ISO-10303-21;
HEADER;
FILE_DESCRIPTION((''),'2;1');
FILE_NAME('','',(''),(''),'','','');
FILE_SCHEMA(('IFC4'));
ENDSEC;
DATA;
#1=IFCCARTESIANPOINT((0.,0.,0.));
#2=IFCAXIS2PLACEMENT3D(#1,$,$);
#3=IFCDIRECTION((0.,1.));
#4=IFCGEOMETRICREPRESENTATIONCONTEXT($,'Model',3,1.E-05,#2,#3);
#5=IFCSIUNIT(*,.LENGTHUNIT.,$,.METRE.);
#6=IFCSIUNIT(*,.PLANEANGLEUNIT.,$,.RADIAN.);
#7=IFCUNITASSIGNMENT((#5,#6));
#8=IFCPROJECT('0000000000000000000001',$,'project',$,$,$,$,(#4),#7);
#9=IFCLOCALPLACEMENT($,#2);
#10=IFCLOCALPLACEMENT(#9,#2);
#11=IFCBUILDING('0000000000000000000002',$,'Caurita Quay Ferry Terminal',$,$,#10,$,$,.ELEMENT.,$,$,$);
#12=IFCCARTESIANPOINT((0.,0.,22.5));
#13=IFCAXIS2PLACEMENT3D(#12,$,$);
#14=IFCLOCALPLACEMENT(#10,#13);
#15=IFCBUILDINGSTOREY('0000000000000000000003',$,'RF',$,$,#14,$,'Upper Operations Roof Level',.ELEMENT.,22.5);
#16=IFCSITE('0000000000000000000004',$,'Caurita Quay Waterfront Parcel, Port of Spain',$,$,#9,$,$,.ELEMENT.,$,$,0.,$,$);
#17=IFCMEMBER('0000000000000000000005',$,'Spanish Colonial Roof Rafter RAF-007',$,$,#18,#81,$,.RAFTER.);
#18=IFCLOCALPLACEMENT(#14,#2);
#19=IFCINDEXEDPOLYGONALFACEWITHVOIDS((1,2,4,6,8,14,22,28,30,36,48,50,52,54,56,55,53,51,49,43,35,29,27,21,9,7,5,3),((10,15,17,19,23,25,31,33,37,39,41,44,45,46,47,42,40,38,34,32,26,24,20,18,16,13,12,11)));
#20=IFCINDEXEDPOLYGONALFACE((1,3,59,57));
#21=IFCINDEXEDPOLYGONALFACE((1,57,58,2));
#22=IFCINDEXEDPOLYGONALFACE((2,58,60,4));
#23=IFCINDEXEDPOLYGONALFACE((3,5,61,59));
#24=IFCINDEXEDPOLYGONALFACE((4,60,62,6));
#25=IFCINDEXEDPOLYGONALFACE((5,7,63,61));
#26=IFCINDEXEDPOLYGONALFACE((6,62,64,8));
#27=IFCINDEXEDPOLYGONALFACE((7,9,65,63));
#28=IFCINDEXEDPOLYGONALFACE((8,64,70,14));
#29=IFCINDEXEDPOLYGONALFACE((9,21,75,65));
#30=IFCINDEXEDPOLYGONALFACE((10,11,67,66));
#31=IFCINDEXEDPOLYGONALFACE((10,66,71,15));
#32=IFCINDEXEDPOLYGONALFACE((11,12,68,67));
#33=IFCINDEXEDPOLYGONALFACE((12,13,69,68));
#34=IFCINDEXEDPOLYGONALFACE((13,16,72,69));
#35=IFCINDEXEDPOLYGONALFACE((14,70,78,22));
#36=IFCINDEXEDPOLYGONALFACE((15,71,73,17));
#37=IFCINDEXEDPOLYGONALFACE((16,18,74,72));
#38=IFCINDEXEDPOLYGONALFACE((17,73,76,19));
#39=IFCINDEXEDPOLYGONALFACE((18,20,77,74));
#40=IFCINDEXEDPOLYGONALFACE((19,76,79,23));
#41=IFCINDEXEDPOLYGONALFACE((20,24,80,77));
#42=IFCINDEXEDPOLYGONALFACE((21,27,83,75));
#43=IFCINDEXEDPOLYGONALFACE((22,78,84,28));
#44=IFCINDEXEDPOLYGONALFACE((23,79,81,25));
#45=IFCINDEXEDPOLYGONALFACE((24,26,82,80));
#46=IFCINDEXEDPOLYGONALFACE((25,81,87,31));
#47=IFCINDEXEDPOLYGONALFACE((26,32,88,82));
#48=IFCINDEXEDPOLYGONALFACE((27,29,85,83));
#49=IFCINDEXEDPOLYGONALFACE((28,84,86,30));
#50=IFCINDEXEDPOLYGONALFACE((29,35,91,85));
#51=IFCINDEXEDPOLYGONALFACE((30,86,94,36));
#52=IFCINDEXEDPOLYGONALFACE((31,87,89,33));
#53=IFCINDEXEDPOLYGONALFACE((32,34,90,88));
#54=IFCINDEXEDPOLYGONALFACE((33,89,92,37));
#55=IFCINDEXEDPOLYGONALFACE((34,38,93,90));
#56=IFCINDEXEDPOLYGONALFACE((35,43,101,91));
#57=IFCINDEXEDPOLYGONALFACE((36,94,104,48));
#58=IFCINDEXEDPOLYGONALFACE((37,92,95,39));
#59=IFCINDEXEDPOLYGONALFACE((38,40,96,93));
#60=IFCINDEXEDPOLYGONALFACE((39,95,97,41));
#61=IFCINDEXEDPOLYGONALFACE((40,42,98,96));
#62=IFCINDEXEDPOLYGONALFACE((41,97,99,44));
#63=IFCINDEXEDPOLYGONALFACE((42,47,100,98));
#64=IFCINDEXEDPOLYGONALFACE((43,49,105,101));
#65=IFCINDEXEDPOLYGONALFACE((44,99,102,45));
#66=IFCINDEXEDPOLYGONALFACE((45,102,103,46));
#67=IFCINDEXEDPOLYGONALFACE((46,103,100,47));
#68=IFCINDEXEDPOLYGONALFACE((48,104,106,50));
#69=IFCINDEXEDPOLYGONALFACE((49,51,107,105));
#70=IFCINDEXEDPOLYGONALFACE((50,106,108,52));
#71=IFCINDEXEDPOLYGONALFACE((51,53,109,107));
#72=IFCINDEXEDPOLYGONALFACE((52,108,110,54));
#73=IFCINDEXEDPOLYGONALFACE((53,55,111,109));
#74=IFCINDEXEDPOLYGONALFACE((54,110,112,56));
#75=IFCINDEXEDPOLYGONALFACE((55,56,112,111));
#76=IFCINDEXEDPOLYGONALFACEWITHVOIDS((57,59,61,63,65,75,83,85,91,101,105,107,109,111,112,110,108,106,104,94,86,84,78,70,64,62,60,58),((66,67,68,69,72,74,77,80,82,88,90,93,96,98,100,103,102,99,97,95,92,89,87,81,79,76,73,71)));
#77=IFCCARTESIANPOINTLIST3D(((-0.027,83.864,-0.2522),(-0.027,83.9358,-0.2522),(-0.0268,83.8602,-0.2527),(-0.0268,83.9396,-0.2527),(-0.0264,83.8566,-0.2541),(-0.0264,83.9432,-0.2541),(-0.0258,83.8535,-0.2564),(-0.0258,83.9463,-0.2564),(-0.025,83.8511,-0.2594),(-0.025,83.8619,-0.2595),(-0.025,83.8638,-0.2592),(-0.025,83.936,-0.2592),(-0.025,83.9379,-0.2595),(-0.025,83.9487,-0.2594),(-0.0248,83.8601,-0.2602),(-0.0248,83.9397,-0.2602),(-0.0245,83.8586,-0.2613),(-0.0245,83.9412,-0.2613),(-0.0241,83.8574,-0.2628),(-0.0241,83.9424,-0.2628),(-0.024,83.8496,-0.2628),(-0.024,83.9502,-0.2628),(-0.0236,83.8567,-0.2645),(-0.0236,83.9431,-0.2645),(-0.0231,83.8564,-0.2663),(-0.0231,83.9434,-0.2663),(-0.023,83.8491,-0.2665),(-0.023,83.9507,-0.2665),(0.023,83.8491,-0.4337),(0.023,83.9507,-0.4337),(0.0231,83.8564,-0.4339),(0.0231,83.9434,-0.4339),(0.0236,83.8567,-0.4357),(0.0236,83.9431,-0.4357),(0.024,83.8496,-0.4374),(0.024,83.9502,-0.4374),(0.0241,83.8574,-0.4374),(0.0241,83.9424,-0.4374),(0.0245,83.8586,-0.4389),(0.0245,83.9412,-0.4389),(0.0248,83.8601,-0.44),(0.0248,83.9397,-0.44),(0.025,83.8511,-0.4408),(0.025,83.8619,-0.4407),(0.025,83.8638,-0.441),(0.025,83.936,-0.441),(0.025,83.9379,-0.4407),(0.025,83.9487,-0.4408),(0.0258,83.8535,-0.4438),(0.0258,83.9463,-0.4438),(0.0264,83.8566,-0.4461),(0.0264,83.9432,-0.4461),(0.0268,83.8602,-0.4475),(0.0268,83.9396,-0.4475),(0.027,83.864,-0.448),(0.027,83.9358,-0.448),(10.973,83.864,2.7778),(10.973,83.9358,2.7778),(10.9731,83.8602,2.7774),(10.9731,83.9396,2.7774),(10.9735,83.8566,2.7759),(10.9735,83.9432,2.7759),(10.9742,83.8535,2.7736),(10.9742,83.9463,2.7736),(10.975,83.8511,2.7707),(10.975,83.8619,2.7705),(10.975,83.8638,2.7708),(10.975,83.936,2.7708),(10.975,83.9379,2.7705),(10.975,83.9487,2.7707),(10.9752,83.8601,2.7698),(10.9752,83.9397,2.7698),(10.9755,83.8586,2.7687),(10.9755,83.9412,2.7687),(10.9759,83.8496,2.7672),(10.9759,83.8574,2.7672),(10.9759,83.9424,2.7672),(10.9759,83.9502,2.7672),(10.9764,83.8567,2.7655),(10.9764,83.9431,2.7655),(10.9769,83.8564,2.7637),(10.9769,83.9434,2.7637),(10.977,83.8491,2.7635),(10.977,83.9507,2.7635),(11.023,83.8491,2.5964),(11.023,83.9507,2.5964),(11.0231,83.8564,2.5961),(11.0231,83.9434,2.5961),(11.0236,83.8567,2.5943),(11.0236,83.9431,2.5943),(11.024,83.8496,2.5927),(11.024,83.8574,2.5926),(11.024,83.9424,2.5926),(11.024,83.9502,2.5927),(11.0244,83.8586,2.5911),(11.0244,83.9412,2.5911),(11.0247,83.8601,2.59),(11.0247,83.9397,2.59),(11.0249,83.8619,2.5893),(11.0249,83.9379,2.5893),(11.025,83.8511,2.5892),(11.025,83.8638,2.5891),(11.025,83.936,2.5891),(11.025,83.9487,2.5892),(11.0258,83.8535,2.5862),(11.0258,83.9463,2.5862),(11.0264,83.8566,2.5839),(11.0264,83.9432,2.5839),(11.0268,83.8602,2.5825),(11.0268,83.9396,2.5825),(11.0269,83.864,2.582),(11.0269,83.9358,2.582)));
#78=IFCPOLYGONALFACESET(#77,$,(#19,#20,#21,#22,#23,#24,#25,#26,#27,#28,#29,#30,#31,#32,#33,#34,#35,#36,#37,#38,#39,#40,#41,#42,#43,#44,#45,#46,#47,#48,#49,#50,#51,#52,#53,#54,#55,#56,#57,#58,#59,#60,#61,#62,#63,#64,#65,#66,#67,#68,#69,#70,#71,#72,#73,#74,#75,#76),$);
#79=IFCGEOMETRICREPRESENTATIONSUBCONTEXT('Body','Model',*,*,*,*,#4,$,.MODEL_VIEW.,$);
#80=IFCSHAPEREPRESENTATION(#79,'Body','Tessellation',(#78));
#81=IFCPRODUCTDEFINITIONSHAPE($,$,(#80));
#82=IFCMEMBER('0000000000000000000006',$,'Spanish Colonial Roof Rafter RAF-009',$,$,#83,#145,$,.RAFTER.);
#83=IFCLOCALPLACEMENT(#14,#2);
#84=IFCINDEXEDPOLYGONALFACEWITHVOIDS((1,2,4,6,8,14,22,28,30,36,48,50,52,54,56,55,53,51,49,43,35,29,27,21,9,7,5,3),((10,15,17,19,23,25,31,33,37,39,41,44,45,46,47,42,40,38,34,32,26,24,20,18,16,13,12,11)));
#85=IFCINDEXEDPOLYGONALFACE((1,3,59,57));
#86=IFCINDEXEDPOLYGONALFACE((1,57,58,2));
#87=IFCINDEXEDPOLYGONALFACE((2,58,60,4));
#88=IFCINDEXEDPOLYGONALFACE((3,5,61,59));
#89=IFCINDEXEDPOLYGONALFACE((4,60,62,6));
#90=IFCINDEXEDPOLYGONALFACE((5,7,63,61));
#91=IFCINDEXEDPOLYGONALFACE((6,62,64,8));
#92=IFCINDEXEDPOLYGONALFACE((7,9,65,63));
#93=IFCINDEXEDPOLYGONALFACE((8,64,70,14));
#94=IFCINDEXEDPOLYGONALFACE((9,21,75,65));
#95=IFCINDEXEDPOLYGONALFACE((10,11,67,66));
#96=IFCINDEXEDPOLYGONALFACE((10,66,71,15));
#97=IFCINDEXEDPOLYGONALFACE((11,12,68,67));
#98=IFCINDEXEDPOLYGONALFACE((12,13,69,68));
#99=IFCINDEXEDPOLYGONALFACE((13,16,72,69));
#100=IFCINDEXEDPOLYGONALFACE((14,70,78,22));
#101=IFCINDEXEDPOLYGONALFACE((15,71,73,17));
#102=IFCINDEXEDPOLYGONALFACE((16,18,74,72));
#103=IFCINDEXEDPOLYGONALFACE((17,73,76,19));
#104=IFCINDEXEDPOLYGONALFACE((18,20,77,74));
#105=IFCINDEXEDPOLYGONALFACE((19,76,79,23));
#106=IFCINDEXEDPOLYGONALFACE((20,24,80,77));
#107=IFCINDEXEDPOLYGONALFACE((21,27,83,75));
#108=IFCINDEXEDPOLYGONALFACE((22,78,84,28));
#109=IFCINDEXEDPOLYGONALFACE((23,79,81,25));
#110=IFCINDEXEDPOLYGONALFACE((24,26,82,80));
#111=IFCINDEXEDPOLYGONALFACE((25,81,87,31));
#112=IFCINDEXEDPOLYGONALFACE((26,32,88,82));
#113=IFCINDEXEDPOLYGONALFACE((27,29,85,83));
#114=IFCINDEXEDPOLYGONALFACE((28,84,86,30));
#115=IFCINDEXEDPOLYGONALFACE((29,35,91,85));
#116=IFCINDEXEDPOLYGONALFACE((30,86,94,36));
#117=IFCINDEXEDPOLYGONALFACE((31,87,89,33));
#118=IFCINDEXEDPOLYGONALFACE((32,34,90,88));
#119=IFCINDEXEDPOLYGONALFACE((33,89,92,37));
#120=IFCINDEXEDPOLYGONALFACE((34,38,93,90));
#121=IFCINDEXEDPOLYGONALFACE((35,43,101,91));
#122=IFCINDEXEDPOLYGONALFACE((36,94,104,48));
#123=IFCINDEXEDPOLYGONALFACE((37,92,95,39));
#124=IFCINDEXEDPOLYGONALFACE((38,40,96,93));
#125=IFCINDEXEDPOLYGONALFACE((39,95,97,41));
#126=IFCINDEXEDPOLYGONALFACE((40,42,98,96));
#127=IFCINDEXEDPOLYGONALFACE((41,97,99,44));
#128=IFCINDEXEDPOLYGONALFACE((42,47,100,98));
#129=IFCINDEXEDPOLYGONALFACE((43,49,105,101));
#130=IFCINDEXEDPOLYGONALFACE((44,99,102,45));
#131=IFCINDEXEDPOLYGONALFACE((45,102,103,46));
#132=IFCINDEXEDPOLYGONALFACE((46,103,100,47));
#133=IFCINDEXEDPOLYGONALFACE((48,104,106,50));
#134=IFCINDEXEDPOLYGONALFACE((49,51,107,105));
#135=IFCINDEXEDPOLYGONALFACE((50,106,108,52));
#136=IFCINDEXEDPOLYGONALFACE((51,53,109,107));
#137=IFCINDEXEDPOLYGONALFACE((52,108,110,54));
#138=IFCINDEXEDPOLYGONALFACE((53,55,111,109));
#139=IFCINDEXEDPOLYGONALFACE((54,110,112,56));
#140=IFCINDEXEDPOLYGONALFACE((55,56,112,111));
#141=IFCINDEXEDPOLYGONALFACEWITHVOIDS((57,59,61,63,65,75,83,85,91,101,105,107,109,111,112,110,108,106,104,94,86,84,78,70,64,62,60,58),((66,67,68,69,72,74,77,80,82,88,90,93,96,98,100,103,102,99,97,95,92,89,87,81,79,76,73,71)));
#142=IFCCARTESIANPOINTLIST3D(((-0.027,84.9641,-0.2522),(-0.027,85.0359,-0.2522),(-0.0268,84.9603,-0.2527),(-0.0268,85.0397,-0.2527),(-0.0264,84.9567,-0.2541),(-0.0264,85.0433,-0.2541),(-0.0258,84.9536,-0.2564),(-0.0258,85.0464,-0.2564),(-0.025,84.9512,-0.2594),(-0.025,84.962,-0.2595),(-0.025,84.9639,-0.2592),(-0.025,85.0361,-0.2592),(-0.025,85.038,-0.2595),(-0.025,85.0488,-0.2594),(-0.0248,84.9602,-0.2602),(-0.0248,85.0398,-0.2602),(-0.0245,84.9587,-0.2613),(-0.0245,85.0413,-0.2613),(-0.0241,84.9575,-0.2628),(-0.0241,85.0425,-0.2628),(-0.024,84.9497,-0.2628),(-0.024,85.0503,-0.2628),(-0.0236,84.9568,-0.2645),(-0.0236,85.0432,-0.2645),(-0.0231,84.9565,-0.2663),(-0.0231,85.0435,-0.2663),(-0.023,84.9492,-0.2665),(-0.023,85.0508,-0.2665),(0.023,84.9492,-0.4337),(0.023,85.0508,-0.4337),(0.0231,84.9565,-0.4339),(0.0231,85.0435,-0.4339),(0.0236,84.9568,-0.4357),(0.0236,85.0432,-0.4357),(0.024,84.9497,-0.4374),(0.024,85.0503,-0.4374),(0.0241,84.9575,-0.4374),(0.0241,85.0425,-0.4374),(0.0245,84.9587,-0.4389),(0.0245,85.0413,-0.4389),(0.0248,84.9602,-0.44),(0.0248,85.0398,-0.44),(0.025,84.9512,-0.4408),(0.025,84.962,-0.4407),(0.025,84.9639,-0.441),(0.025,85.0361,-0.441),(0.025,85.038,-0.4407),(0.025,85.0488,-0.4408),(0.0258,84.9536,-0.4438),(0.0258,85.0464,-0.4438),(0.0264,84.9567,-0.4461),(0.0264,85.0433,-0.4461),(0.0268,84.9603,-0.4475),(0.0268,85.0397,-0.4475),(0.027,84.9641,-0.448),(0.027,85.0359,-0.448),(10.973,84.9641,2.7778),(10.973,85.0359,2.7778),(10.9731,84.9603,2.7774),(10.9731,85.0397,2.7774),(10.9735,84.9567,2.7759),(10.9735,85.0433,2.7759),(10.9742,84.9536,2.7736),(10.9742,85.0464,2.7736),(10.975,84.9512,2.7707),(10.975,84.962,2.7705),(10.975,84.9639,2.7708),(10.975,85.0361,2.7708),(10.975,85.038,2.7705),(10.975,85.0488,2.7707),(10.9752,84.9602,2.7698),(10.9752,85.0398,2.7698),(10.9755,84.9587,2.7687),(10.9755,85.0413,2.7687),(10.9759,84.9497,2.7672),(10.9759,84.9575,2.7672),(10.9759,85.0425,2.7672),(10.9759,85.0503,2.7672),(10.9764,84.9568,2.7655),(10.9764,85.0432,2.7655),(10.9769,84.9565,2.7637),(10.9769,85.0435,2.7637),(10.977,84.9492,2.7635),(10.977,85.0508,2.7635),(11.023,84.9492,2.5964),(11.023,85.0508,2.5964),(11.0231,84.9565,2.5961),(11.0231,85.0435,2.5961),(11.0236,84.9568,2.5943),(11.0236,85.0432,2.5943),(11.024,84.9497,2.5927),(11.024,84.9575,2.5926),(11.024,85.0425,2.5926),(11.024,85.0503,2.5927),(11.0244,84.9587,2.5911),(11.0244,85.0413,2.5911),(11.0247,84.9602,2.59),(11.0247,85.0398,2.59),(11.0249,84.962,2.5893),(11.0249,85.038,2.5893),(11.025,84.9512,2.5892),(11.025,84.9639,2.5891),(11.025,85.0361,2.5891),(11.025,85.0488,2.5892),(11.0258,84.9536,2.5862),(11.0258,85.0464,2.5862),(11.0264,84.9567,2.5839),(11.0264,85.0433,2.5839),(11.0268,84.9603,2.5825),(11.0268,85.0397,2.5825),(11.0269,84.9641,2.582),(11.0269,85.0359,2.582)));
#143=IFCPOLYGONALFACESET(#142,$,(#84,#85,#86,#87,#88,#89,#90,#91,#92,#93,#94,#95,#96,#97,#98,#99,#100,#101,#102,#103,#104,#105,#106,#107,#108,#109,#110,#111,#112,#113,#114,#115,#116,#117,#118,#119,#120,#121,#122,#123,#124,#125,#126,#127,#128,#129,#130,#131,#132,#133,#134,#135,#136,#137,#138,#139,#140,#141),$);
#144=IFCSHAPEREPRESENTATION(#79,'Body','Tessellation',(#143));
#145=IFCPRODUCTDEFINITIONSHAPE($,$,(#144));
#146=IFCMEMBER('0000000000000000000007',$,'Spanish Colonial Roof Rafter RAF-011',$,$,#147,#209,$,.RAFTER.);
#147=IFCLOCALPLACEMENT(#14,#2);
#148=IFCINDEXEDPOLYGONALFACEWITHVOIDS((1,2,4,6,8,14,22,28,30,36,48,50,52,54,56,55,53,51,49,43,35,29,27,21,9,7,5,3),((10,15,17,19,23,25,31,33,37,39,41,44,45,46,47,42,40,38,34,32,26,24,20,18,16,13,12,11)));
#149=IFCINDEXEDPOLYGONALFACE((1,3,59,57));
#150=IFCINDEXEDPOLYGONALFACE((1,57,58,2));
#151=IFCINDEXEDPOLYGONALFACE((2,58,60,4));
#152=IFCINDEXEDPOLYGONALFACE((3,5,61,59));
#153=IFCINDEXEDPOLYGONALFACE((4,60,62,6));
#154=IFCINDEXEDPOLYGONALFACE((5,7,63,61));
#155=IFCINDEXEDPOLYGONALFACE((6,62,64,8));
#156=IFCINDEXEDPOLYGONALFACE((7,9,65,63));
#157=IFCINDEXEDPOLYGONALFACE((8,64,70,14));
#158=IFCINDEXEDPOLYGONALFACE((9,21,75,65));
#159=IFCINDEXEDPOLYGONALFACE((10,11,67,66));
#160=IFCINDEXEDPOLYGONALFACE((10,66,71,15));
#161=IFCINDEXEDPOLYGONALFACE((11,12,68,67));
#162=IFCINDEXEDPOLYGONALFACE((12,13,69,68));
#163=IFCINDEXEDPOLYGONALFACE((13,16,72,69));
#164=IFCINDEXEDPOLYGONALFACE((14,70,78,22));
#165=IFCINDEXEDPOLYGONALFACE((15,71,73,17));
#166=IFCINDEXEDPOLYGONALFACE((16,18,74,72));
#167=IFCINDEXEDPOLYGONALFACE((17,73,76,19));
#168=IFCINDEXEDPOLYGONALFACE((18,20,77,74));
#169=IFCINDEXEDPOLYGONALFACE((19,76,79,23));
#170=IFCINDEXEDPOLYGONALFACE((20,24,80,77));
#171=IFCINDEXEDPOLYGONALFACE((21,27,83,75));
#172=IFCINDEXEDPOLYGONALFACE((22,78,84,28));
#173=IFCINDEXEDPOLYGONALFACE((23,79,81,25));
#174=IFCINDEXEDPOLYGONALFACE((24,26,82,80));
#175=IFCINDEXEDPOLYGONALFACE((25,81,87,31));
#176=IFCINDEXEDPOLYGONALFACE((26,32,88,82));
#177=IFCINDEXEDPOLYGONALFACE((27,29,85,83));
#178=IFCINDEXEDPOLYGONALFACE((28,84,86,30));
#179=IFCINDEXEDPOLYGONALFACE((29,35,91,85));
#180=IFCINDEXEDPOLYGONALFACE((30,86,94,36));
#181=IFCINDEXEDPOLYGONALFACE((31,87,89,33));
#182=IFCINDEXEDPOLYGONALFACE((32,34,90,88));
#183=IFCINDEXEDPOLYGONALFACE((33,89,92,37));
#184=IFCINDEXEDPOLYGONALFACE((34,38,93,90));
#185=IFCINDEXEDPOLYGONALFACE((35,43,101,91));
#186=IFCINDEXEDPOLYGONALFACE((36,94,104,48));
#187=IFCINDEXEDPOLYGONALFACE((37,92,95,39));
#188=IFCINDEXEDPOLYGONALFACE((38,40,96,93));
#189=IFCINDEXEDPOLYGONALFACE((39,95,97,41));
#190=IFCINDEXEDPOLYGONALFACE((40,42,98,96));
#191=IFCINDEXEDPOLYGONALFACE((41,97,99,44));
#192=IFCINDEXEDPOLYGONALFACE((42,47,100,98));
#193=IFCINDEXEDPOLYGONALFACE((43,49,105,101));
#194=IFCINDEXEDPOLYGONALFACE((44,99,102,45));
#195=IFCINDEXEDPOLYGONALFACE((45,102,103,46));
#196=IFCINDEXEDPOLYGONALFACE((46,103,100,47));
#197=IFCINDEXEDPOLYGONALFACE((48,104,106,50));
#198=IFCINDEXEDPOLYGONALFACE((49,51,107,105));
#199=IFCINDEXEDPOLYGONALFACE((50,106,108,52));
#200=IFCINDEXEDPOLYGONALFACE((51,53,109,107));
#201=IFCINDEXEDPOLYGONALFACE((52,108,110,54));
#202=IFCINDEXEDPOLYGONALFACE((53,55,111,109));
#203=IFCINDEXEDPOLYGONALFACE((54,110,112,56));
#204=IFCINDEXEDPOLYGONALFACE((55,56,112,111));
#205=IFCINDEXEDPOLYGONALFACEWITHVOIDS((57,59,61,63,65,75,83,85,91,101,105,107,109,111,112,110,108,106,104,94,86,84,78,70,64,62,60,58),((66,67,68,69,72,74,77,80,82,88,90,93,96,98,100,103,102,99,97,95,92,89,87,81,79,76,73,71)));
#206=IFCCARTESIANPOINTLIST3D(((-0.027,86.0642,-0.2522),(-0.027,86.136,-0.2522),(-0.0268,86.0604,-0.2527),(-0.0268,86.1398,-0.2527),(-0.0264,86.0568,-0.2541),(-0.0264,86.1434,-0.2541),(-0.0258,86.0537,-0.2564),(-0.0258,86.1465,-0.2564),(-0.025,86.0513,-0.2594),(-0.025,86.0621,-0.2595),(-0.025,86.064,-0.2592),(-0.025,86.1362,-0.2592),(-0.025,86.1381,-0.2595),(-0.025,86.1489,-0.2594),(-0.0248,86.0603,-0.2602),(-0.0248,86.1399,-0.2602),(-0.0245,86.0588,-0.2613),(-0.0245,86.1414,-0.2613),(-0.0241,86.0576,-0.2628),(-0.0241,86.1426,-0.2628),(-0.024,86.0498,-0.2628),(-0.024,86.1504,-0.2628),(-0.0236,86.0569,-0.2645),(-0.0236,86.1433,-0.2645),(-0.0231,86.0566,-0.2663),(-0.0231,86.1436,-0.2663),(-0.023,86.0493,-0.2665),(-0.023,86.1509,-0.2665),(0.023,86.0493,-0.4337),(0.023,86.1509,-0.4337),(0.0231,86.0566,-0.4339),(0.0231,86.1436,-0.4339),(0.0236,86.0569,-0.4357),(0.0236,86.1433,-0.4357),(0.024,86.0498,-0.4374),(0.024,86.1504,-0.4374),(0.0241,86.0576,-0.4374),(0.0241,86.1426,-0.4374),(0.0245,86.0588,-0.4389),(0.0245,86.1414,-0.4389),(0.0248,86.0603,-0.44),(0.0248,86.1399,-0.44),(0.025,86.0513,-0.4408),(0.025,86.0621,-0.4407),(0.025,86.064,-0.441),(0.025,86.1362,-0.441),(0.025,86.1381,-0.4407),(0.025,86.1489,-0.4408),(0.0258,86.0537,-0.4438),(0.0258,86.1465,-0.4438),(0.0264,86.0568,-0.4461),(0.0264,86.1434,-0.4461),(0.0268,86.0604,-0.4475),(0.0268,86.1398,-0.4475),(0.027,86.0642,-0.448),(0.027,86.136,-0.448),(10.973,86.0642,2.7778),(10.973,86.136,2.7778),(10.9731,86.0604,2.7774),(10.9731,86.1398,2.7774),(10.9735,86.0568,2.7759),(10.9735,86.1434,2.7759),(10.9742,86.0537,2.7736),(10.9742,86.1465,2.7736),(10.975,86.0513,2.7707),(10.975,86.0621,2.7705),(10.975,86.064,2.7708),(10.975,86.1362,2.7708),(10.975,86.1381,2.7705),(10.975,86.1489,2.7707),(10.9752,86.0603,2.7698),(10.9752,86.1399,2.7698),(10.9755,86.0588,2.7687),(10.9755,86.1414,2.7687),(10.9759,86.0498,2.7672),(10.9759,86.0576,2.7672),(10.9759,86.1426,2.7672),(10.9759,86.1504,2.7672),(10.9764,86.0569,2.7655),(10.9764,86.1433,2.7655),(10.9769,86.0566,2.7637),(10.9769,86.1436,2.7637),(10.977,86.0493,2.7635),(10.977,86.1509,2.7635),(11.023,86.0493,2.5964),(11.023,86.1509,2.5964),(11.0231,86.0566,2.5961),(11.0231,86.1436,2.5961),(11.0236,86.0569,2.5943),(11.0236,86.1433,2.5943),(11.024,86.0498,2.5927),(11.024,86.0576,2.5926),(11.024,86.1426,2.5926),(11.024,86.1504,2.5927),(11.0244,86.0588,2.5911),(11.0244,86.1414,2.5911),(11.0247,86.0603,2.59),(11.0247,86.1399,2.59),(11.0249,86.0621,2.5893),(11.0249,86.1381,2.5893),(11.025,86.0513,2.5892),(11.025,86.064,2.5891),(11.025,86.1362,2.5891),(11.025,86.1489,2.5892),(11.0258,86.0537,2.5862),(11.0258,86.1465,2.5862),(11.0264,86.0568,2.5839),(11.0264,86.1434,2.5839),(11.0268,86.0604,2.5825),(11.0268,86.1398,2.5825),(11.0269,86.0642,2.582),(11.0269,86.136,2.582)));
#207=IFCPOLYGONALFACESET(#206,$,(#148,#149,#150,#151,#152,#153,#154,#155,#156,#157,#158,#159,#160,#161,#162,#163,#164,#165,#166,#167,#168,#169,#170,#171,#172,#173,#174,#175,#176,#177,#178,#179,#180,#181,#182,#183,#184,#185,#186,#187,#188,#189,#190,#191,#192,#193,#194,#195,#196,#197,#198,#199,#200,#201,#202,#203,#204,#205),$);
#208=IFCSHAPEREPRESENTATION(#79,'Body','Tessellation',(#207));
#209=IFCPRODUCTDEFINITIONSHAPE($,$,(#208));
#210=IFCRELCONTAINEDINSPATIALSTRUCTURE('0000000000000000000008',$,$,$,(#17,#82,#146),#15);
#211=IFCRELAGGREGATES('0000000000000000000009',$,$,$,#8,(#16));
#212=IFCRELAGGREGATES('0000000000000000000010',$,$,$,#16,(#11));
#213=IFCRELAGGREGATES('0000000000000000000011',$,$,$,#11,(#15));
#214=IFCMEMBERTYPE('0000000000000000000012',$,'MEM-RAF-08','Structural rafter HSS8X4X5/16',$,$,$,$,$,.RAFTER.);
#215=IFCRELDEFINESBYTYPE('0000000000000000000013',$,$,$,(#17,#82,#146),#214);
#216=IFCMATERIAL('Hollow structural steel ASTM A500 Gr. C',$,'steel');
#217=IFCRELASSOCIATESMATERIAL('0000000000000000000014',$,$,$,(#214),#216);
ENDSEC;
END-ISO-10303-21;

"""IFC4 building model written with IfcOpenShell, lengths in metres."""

from ifc_helpers import new_model, si_unit, direction, frame, origin, origin_2d, place, context, subcontext, project, spatial, hollow_rectangle, extrude, material, material_profile, profile_set, type_object, element, save


model = new_model("IFC4")

# Units and contexts
model_context = context("Model", 3, precision=1e-05, world=origin(), true_north=direction((0.0, 1.0)))
body_context = subcontext(model_context, "Body", "Model", "MODEL_VIEW")
ifc_project = project(units=[si_unit("LENGTHUNIT", "METRE"), si_unit("PLANEANGLEUNIT", "RADIAN")], contexts=[model_context])

# Site, building, storey
site_placement = place(None, origin())
site = spatial("IfcSite", under=ifc_project, at=site_placement, Name="Caurita Quay Waterfront Parcel, Port of Spain", CompositionType="ELEMENT", RefElevation=0.0)
building_placement = place(site_placement, origin())
building = spatial("IfcBuilding", under=site, at=building_placement, Name="Caurita Quay Ferry Terminal", CompositionType="ELEMENT")
storey_placement = place(building_placement, frame((0.0, 0.0, 22.5)))
storey = spatial("IfcBuildingStorey", under=building, at=storey_placement, Name="RF", LongName="Upper Operations Roof Level", CompositionType="ELEMENT", Elevation=22.5)

# Members
ifc_material_1 = material(Name="Hollow structural steel ASTM A500 Gr. C", Category="steel")
ifc_material_profile_1 = material_profile(ifc_material_1, hollow_rectangle(XDim=0.1016, YDim=0.2031, WallThickness=0.0073, InnerFilletRadius=0.0073, OuterFilletRadius=0.0149, at=origin_2d()), Name="HSS8X4X5/16")
ifc_profile_set_1 = profile_set([ifc_material_profile_1], Name="Hollow structural steel ASTM A500 Gr. C")
member_type_1 = type_object("IfcMemberType", Name="MEM-RAF-08", Description="Structural rafter HSS8X4X5/16", PredefinedType="RAFTER", material=ifc_profile_set_1)
for number, where, z_axis, x_axis, name in (
    (1, (0.0, 83.8999, -0.3501), (0.964093, 0.0, 0.265566), (0.0, 1.0, 0.0), "Spanish Colonial Roof Rafter RAF-007"),
    (2, (0.0, 85.0, -0.3501), (0.964093, 0.0, 0.265566), (0.0, 1.0, 0.0), "Spanish Colonial Roof Rafter RAF-009"),
    (3, (0.0, 86.1001, -0.3501), (0.964093, 0.0, 0.265566), (0.0, 1.0, 0.0), "Spanish Colonial Roof Rafter RAF-011"),
):
    element("IfcMember", number, at=place(storey_placement, frame(where, z_axis=z_axis, x_axis=x_axis)), inside=storey, type_object=member_type_1, Name=name, PredefinedType="RAFTER", context=body_context, shape_type="SweptSolid", body=[
        extrude(hollow_rectangle(XDim=0.1016, YDim=0.2031, WallThickness=0.0073, InnerFilletRadius=0.0073, OuterFilletRadius=0.0149, at=origin_2d()), origin(), (0.0, 0.0, 1.0), 11.4097),
    ])

save(model, "model.ifc")
